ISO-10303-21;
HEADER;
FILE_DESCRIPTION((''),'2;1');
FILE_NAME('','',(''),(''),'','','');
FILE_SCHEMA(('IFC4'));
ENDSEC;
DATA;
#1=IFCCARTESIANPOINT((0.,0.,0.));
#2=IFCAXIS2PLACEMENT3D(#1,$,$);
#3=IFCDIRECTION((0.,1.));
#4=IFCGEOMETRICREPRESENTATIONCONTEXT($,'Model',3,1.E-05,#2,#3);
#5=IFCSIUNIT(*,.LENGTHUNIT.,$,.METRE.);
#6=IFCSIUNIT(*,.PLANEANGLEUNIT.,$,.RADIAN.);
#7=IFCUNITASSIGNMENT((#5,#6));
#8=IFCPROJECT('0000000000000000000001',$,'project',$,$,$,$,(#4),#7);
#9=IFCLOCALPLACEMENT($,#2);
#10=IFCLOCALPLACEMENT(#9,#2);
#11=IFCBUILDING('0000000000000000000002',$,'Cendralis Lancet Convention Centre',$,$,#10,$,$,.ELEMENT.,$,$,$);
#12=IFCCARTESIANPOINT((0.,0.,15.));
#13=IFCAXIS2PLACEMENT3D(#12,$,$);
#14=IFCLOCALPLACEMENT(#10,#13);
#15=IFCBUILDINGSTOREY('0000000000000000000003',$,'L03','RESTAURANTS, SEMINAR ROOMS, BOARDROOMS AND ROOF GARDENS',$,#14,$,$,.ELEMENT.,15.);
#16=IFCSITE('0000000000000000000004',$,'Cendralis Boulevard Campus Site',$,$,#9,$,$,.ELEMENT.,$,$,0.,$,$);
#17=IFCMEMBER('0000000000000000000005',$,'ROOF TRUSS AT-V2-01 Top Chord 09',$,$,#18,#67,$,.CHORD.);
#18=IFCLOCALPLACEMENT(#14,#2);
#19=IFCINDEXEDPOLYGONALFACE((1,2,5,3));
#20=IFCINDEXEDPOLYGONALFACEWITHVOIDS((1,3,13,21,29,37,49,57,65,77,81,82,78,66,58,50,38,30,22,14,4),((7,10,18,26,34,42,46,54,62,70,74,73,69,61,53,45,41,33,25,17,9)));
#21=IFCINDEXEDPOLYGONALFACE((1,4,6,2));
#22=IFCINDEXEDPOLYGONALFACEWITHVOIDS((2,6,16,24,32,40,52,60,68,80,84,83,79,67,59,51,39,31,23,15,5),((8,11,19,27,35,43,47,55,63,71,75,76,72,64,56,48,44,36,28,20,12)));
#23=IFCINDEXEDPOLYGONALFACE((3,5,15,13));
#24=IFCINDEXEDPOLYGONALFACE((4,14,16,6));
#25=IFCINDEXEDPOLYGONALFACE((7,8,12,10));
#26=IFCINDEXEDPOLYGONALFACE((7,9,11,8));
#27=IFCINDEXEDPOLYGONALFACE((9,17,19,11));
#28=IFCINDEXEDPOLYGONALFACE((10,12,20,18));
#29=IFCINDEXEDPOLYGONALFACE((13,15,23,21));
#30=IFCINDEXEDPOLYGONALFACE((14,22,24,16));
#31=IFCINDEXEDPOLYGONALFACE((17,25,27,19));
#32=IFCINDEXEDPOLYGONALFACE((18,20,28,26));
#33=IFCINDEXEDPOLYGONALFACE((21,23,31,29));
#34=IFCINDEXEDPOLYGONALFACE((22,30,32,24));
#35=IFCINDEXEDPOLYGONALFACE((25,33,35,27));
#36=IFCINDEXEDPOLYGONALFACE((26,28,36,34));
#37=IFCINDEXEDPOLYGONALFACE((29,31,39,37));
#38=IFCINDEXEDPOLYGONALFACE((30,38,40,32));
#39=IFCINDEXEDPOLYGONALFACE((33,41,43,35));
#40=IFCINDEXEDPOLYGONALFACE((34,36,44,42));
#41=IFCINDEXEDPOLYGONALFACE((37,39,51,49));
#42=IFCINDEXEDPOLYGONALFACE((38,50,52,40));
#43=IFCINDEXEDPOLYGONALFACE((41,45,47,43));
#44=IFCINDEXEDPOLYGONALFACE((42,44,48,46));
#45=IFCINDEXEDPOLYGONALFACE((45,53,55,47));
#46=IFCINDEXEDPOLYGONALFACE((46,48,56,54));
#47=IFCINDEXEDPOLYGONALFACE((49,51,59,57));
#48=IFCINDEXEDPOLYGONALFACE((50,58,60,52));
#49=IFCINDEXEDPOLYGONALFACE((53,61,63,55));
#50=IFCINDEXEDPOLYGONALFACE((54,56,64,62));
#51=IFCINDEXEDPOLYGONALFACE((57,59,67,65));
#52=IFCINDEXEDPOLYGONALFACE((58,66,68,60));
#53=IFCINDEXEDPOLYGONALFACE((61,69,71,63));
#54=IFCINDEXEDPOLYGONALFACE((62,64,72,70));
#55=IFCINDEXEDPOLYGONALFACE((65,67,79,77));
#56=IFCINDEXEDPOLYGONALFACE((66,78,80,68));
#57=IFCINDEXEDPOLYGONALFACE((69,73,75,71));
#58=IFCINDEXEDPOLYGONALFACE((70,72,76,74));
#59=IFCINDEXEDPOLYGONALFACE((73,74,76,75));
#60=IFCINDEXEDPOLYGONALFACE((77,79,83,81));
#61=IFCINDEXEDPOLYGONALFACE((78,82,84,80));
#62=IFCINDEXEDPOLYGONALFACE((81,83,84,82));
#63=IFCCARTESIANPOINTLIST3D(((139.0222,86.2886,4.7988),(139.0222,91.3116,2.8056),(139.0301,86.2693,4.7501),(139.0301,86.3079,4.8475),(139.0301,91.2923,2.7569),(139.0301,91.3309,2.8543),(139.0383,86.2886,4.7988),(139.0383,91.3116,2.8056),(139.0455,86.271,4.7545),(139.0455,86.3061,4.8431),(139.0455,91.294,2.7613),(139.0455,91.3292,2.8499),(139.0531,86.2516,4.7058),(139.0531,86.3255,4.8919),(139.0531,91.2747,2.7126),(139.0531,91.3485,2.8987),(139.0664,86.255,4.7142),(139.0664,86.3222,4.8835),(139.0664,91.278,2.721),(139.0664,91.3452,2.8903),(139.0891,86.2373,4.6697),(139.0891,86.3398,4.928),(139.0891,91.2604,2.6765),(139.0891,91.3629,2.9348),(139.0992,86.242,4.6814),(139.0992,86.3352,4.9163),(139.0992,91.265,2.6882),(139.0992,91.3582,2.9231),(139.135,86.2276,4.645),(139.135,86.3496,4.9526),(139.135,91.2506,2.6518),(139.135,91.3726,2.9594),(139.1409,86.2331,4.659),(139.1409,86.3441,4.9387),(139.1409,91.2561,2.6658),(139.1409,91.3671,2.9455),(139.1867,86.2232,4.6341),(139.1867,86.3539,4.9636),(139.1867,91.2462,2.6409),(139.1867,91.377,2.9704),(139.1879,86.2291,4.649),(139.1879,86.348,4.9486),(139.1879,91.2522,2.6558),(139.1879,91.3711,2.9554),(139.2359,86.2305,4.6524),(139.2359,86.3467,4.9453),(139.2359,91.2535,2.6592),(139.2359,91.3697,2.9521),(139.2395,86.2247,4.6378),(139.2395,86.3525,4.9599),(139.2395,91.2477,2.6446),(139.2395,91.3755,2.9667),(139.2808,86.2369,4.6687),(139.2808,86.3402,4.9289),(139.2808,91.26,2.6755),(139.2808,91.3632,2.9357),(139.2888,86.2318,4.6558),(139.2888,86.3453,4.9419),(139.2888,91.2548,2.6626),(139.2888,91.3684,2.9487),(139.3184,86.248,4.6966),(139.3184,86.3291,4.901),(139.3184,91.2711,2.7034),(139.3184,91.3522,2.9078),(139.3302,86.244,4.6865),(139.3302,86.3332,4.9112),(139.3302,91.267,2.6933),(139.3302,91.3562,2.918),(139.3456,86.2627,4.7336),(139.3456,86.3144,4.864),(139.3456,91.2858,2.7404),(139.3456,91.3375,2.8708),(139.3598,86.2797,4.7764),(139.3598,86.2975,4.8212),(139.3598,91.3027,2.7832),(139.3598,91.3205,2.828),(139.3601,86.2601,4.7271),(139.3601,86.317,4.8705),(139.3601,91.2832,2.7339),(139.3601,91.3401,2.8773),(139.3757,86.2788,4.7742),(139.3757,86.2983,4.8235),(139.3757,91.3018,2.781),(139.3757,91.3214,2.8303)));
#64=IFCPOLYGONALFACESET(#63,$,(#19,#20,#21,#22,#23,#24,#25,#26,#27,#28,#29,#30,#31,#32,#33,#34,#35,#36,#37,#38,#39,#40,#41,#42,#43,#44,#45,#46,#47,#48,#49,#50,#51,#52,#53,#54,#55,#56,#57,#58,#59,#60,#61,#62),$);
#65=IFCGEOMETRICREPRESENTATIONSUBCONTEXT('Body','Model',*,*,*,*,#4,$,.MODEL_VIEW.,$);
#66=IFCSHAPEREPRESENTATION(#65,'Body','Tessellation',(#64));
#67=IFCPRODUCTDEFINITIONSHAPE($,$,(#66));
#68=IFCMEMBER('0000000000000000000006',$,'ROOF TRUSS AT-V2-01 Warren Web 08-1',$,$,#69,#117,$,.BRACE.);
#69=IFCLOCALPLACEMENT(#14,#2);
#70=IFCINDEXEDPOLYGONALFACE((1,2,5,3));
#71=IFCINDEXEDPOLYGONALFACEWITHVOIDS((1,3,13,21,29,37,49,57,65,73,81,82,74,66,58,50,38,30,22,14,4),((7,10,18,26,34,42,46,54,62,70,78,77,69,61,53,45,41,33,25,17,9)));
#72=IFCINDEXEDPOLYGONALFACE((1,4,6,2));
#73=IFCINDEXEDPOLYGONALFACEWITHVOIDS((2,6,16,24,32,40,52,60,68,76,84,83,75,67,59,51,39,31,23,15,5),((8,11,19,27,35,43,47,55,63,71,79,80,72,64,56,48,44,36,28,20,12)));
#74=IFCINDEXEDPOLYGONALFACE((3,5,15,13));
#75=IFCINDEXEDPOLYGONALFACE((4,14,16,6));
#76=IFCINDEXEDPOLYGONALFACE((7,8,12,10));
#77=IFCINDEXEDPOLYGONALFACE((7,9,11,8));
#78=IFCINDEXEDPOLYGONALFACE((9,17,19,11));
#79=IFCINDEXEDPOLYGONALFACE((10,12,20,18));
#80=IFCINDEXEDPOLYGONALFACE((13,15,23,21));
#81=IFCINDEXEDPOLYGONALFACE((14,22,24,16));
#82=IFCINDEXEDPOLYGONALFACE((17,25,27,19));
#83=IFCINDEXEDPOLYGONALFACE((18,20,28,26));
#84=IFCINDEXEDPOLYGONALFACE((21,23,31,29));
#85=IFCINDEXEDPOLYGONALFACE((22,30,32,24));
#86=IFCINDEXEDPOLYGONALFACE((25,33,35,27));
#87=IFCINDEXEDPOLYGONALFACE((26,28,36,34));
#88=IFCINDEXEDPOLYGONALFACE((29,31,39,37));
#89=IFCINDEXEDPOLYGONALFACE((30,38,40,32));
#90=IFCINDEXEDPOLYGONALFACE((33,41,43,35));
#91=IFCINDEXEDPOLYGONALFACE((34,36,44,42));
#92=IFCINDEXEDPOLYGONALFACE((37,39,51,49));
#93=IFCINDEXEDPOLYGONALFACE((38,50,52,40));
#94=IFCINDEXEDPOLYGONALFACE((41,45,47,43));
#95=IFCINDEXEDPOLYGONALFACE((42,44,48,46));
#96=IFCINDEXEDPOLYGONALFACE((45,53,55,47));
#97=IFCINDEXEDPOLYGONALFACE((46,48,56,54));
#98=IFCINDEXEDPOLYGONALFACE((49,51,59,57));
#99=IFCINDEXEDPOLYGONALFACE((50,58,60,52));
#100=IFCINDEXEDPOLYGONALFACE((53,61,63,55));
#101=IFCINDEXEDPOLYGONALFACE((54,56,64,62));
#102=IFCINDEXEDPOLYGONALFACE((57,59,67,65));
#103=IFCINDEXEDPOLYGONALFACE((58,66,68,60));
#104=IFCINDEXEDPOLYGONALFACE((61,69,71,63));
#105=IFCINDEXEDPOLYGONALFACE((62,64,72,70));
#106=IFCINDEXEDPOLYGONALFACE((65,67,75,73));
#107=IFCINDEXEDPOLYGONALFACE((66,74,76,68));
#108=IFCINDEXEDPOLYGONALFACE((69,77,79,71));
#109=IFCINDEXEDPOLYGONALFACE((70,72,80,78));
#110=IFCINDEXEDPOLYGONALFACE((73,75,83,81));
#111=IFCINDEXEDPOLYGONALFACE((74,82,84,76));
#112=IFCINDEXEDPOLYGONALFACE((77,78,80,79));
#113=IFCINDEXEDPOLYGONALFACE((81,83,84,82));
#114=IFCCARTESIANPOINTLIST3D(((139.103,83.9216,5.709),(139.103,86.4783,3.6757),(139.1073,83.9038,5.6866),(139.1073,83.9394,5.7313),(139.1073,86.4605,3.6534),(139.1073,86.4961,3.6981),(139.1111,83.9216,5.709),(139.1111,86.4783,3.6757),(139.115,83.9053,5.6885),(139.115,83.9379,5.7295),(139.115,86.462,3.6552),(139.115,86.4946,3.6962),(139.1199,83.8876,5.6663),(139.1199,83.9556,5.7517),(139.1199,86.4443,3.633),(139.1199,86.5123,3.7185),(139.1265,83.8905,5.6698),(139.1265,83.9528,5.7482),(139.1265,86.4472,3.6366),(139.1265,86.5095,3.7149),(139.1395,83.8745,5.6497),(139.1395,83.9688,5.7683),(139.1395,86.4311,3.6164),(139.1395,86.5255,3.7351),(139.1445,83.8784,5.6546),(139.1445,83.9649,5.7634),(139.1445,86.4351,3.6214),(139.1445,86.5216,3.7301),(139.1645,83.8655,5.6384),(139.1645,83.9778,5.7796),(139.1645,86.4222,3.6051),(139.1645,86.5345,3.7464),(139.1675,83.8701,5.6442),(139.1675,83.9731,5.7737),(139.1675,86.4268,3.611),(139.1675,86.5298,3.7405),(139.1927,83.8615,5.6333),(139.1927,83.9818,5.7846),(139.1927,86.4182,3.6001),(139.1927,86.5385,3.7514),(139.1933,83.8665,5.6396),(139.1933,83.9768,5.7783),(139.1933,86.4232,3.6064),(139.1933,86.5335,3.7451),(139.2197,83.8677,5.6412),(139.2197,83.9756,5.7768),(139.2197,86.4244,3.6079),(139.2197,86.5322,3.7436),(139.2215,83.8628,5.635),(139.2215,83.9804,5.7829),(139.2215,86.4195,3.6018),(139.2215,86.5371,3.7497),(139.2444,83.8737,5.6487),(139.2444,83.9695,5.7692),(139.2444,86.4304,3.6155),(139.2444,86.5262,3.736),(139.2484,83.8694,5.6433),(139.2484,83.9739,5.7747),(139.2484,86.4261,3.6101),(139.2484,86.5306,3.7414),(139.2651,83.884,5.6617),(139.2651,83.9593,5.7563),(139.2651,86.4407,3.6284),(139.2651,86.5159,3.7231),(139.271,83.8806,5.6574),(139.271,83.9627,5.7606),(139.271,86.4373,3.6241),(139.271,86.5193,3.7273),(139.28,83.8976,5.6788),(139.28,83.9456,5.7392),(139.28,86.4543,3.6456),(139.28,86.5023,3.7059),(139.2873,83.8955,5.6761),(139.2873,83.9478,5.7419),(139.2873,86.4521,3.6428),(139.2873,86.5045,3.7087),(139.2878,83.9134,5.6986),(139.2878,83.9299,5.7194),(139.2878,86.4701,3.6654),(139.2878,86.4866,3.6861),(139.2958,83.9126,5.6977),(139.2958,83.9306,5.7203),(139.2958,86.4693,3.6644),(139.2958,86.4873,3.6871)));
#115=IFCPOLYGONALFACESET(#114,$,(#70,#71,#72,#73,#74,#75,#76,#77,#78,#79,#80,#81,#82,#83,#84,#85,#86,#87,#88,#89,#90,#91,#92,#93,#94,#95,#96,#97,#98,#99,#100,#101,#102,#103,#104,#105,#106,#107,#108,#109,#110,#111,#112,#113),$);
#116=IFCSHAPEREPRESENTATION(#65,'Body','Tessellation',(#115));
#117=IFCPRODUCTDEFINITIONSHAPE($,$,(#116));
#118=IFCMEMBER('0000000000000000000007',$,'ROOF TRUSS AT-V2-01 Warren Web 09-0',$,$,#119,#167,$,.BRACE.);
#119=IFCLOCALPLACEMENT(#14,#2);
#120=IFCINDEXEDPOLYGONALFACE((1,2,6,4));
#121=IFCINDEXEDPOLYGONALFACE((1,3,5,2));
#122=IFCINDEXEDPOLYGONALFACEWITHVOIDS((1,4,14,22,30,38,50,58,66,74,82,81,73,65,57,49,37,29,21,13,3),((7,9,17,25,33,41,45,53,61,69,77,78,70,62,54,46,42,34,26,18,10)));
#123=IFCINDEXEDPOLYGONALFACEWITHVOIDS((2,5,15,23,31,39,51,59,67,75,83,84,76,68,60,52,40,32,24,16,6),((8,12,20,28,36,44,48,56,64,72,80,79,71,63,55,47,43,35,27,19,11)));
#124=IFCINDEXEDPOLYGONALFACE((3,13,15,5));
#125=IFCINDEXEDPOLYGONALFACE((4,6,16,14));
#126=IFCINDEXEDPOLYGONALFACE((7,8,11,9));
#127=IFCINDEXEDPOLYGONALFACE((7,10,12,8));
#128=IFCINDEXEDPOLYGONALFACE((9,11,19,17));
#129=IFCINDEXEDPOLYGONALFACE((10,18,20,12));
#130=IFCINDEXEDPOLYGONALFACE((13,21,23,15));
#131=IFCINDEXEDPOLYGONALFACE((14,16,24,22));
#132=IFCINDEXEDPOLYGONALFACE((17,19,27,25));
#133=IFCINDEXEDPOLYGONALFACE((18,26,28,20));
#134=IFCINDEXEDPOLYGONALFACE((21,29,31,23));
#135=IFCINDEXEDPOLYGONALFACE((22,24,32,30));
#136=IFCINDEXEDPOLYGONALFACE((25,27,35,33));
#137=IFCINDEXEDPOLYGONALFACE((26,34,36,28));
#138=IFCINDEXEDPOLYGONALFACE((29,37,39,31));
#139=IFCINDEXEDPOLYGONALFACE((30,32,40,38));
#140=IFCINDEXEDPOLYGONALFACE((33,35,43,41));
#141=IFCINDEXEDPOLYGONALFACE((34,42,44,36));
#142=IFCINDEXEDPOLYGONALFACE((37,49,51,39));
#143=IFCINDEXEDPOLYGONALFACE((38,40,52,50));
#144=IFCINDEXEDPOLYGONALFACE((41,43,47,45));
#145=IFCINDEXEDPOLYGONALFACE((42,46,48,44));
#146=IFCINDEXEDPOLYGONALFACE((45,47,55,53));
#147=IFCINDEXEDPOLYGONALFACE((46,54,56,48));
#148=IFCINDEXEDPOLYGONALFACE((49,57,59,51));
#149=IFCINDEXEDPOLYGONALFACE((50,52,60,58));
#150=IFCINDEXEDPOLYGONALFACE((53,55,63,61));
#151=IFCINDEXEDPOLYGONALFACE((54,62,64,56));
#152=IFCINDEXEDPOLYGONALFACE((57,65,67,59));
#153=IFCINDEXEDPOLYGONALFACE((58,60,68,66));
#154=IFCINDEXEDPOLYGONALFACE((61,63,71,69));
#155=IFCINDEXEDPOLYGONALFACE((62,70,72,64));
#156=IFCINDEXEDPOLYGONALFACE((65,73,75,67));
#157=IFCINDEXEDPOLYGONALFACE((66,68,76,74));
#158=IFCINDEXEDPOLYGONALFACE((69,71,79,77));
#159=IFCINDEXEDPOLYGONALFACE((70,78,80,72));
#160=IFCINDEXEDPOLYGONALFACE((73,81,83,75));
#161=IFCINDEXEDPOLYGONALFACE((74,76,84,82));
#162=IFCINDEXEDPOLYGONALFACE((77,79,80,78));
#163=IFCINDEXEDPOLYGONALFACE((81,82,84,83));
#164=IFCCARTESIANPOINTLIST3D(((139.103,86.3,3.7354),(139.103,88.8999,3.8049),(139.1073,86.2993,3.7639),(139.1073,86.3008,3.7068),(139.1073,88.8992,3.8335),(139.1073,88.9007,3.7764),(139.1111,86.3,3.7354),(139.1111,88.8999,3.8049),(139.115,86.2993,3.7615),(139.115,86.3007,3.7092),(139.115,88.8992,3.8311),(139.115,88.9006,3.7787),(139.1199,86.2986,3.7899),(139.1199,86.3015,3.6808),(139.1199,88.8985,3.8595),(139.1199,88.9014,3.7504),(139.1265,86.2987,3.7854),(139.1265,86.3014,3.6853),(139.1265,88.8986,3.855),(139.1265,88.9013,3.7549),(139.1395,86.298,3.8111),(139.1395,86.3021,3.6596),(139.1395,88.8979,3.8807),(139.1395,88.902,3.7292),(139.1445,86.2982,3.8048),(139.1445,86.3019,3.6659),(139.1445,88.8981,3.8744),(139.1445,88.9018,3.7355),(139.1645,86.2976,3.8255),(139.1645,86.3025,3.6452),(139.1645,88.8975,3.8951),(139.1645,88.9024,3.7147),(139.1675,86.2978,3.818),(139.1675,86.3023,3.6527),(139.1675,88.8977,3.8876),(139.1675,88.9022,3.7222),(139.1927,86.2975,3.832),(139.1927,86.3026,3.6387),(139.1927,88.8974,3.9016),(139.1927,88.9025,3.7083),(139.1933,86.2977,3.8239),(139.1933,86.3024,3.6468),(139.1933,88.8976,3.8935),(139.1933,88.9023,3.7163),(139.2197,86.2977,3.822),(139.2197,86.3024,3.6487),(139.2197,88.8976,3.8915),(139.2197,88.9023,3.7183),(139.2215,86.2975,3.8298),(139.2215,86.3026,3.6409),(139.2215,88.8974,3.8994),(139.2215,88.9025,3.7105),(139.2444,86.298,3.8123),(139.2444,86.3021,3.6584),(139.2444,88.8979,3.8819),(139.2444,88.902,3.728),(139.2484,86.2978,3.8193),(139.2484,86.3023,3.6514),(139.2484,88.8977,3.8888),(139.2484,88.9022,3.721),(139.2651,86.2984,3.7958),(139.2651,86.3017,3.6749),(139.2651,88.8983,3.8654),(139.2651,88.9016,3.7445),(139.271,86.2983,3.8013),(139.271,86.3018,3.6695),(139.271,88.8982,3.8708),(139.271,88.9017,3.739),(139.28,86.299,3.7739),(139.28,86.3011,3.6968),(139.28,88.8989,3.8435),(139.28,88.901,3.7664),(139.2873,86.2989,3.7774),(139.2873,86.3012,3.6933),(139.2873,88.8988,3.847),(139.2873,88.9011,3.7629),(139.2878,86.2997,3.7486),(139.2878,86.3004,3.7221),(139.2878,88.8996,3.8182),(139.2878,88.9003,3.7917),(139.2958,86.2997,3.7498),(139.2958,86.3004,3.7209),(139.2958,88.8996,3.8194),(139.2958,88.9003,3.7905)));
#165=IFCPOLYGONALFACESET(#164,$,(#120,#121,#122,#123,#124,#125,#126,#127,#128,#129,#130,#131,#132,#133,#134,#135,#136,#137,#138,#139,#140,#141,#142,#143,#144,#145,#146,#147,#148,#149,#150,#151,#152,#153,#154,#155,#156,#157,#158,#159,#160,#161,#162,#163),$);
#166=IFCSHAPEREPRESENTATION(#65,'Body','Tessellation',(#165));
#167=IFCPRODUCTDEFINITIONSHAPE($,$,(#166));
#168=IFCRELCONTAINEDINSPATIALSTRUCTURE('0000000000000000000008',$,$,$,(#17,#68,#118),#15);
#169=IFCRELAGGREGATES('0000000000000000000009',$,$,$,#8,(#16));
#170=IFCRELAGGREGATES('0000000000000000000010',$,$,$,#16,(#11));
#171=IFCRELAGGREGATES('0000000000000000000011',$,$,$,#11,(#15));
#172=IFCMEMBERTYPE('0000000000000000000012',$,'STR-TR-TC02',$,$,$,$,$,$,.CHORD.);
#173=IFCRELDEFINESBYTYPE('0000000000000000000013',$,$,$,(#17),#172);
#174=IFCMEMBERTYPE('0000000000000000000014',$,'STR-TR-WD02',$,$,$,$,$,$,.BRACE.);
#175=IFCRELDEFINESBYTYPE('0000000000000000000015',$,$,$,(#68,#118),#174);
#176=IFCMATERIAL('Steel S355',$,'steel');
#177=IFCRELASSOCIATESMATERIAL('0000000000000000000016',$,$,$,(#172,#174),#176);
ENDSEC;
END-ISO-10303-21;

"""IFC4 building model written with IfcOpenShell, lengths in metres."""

from ifc_helpers import new_model, si_unit, direction, frame, origin, origin_2d, place, context, subcontext, project, spatial, hollow_circle, extrude, material, material_profile, profile_set, type_object, element, save


model = new_model("IFC4")

# Units and contexts
model_context = context("Model", 3, precision=1e-05, world=origin(), true_north=direction((0.0, 1.0)))
body_context = subcontext(model_context, "Body", "Model", "MODEL_VIEW")
ifc_project = project(units=[si_unit("LENGTHUNIT", "METRE"), si_unit("PLANEANGLEUNIT", "RADIAN")], contexts=[model_context])

# Site, building, storey
site_placement = place(None, origin())
site = spatial("IfcSite", under=ifc_project, at=site_placement, Name="Cendralis Boulevard Campus Site", CompositionType="ELEMENT", RefElevation=0.0)
building_placement = place(site_placement, origin())
building = spatial("IfcBuilding", under=site, at=building_placement, Name="Cendralis Lancet Convention Centre", CompositionType="ELEMENT")
storey_placement = place(building_placement, frame((0.0, 0.0, 15.0)))
storey = spatial("IfcBuildingStorey", under=building, at=storey_placement, Name="L03", Description="RESTAURANTS, SEMINAR ROOMS, BOARDROOMS AND ROOF GARDENS", CompositionType="ELEMENT", Elevation=15.0)

# Shared definitions
ifc_material_1 = material(Name="Steel S355", Category="steel")

# Members
ifc_material_profile_1 = material_profile(ifc_material_1, hollow_circle(Radius=0.1777, WallThickness=0.0161, at=origin_2d()), Name="CHS 355.6x16.0")
ifc_profile_set_1 = profile_set([ifc_material_profile_1], Name="Steel S355")
member_type_1 = type_object("IfcMemberType", Name="STR-TR-TC02", PredefinedType="CHORD", material=ifc_profile_set_1)
member_1_placement = place(storey_placement, frame((139.2, 86.2886, 4.7988), z_axis=(0.0, 0.929495, -0.368834), x_axis=(-1.0, 0.0, 0.0)))
element("IfcMember", 1, at=member_1_placement, inside=storey, type_object=member_type_1, Name="ROOF TRUSS AT-V2-01 Top Chord 09", PredefinedType="CHORD", context=body_context, shape_type="SweptSolid", body=[
    extrude(hollow_circle(Radius=0.1777, WallThickness=0.0161, at=origin_2d()), origin(), (0.0, 0.0, 1.0), 5.4041),
])
ifc_material_profile_2 = material_profile(ifc_material_1, hollow_circle(Radius=0.0969, WallThickness=0.0081, at=origin_2d()), Name="CHS 193.7x8.0")
ifc_profile_set_2 = profile_set([ifc_material_profile_2], Name="Steel S355")
member_type_2 = type_object("IfcMemberType", Name="STR-TR-WD02", PredefinedType="BRACE", material=ifc_profile_set_2)
member_2_placement = place(storey_placement, frame((139.2, 83.9216, 5.709), z_axis=(0.0, 0.782674, -0.622432), x_axis=(-1.0, 0.0, 0.0)))
element("IfcMember", 2, at=member_2_placement, inside=storey, type_object=member_type_2, Name="ROOF TRUSS AT-V2-01 Warren Web 08-1", PredefinedType="BRACE", context=body_context, shape_type="SweptSolid", body=[
    extrude(hollow_circle(Radius=0.0969, WallThickness=0.0081, at=origin_2d()), origin(), (0.0, 0.0, 1.0), 3.2666),
])
member_3_placement = place(storey_placement, frame((139.2, 86.3, 3.7354), z_axis=(0.0, 0.999642, 0.026753), x_axis=(-1.0, 0.0, 0.0)))
element("IfcMember", 3, at=member_3_placement, inside=storey, type_object=member_type_2, Name="ROOF TRUSS AT-V2-01 Warren Web 09-0", PredefinedType="BRACE", context=body_context, shape_type="SweptSolid", body=[
    extrude(hollow_circle(Radius=0.0969, WallThickness=0.0081, at=origin_2d()), origin(), (0.0, 0.0, 1.0), 2.6008),
])

save(model, "model.ifc")
